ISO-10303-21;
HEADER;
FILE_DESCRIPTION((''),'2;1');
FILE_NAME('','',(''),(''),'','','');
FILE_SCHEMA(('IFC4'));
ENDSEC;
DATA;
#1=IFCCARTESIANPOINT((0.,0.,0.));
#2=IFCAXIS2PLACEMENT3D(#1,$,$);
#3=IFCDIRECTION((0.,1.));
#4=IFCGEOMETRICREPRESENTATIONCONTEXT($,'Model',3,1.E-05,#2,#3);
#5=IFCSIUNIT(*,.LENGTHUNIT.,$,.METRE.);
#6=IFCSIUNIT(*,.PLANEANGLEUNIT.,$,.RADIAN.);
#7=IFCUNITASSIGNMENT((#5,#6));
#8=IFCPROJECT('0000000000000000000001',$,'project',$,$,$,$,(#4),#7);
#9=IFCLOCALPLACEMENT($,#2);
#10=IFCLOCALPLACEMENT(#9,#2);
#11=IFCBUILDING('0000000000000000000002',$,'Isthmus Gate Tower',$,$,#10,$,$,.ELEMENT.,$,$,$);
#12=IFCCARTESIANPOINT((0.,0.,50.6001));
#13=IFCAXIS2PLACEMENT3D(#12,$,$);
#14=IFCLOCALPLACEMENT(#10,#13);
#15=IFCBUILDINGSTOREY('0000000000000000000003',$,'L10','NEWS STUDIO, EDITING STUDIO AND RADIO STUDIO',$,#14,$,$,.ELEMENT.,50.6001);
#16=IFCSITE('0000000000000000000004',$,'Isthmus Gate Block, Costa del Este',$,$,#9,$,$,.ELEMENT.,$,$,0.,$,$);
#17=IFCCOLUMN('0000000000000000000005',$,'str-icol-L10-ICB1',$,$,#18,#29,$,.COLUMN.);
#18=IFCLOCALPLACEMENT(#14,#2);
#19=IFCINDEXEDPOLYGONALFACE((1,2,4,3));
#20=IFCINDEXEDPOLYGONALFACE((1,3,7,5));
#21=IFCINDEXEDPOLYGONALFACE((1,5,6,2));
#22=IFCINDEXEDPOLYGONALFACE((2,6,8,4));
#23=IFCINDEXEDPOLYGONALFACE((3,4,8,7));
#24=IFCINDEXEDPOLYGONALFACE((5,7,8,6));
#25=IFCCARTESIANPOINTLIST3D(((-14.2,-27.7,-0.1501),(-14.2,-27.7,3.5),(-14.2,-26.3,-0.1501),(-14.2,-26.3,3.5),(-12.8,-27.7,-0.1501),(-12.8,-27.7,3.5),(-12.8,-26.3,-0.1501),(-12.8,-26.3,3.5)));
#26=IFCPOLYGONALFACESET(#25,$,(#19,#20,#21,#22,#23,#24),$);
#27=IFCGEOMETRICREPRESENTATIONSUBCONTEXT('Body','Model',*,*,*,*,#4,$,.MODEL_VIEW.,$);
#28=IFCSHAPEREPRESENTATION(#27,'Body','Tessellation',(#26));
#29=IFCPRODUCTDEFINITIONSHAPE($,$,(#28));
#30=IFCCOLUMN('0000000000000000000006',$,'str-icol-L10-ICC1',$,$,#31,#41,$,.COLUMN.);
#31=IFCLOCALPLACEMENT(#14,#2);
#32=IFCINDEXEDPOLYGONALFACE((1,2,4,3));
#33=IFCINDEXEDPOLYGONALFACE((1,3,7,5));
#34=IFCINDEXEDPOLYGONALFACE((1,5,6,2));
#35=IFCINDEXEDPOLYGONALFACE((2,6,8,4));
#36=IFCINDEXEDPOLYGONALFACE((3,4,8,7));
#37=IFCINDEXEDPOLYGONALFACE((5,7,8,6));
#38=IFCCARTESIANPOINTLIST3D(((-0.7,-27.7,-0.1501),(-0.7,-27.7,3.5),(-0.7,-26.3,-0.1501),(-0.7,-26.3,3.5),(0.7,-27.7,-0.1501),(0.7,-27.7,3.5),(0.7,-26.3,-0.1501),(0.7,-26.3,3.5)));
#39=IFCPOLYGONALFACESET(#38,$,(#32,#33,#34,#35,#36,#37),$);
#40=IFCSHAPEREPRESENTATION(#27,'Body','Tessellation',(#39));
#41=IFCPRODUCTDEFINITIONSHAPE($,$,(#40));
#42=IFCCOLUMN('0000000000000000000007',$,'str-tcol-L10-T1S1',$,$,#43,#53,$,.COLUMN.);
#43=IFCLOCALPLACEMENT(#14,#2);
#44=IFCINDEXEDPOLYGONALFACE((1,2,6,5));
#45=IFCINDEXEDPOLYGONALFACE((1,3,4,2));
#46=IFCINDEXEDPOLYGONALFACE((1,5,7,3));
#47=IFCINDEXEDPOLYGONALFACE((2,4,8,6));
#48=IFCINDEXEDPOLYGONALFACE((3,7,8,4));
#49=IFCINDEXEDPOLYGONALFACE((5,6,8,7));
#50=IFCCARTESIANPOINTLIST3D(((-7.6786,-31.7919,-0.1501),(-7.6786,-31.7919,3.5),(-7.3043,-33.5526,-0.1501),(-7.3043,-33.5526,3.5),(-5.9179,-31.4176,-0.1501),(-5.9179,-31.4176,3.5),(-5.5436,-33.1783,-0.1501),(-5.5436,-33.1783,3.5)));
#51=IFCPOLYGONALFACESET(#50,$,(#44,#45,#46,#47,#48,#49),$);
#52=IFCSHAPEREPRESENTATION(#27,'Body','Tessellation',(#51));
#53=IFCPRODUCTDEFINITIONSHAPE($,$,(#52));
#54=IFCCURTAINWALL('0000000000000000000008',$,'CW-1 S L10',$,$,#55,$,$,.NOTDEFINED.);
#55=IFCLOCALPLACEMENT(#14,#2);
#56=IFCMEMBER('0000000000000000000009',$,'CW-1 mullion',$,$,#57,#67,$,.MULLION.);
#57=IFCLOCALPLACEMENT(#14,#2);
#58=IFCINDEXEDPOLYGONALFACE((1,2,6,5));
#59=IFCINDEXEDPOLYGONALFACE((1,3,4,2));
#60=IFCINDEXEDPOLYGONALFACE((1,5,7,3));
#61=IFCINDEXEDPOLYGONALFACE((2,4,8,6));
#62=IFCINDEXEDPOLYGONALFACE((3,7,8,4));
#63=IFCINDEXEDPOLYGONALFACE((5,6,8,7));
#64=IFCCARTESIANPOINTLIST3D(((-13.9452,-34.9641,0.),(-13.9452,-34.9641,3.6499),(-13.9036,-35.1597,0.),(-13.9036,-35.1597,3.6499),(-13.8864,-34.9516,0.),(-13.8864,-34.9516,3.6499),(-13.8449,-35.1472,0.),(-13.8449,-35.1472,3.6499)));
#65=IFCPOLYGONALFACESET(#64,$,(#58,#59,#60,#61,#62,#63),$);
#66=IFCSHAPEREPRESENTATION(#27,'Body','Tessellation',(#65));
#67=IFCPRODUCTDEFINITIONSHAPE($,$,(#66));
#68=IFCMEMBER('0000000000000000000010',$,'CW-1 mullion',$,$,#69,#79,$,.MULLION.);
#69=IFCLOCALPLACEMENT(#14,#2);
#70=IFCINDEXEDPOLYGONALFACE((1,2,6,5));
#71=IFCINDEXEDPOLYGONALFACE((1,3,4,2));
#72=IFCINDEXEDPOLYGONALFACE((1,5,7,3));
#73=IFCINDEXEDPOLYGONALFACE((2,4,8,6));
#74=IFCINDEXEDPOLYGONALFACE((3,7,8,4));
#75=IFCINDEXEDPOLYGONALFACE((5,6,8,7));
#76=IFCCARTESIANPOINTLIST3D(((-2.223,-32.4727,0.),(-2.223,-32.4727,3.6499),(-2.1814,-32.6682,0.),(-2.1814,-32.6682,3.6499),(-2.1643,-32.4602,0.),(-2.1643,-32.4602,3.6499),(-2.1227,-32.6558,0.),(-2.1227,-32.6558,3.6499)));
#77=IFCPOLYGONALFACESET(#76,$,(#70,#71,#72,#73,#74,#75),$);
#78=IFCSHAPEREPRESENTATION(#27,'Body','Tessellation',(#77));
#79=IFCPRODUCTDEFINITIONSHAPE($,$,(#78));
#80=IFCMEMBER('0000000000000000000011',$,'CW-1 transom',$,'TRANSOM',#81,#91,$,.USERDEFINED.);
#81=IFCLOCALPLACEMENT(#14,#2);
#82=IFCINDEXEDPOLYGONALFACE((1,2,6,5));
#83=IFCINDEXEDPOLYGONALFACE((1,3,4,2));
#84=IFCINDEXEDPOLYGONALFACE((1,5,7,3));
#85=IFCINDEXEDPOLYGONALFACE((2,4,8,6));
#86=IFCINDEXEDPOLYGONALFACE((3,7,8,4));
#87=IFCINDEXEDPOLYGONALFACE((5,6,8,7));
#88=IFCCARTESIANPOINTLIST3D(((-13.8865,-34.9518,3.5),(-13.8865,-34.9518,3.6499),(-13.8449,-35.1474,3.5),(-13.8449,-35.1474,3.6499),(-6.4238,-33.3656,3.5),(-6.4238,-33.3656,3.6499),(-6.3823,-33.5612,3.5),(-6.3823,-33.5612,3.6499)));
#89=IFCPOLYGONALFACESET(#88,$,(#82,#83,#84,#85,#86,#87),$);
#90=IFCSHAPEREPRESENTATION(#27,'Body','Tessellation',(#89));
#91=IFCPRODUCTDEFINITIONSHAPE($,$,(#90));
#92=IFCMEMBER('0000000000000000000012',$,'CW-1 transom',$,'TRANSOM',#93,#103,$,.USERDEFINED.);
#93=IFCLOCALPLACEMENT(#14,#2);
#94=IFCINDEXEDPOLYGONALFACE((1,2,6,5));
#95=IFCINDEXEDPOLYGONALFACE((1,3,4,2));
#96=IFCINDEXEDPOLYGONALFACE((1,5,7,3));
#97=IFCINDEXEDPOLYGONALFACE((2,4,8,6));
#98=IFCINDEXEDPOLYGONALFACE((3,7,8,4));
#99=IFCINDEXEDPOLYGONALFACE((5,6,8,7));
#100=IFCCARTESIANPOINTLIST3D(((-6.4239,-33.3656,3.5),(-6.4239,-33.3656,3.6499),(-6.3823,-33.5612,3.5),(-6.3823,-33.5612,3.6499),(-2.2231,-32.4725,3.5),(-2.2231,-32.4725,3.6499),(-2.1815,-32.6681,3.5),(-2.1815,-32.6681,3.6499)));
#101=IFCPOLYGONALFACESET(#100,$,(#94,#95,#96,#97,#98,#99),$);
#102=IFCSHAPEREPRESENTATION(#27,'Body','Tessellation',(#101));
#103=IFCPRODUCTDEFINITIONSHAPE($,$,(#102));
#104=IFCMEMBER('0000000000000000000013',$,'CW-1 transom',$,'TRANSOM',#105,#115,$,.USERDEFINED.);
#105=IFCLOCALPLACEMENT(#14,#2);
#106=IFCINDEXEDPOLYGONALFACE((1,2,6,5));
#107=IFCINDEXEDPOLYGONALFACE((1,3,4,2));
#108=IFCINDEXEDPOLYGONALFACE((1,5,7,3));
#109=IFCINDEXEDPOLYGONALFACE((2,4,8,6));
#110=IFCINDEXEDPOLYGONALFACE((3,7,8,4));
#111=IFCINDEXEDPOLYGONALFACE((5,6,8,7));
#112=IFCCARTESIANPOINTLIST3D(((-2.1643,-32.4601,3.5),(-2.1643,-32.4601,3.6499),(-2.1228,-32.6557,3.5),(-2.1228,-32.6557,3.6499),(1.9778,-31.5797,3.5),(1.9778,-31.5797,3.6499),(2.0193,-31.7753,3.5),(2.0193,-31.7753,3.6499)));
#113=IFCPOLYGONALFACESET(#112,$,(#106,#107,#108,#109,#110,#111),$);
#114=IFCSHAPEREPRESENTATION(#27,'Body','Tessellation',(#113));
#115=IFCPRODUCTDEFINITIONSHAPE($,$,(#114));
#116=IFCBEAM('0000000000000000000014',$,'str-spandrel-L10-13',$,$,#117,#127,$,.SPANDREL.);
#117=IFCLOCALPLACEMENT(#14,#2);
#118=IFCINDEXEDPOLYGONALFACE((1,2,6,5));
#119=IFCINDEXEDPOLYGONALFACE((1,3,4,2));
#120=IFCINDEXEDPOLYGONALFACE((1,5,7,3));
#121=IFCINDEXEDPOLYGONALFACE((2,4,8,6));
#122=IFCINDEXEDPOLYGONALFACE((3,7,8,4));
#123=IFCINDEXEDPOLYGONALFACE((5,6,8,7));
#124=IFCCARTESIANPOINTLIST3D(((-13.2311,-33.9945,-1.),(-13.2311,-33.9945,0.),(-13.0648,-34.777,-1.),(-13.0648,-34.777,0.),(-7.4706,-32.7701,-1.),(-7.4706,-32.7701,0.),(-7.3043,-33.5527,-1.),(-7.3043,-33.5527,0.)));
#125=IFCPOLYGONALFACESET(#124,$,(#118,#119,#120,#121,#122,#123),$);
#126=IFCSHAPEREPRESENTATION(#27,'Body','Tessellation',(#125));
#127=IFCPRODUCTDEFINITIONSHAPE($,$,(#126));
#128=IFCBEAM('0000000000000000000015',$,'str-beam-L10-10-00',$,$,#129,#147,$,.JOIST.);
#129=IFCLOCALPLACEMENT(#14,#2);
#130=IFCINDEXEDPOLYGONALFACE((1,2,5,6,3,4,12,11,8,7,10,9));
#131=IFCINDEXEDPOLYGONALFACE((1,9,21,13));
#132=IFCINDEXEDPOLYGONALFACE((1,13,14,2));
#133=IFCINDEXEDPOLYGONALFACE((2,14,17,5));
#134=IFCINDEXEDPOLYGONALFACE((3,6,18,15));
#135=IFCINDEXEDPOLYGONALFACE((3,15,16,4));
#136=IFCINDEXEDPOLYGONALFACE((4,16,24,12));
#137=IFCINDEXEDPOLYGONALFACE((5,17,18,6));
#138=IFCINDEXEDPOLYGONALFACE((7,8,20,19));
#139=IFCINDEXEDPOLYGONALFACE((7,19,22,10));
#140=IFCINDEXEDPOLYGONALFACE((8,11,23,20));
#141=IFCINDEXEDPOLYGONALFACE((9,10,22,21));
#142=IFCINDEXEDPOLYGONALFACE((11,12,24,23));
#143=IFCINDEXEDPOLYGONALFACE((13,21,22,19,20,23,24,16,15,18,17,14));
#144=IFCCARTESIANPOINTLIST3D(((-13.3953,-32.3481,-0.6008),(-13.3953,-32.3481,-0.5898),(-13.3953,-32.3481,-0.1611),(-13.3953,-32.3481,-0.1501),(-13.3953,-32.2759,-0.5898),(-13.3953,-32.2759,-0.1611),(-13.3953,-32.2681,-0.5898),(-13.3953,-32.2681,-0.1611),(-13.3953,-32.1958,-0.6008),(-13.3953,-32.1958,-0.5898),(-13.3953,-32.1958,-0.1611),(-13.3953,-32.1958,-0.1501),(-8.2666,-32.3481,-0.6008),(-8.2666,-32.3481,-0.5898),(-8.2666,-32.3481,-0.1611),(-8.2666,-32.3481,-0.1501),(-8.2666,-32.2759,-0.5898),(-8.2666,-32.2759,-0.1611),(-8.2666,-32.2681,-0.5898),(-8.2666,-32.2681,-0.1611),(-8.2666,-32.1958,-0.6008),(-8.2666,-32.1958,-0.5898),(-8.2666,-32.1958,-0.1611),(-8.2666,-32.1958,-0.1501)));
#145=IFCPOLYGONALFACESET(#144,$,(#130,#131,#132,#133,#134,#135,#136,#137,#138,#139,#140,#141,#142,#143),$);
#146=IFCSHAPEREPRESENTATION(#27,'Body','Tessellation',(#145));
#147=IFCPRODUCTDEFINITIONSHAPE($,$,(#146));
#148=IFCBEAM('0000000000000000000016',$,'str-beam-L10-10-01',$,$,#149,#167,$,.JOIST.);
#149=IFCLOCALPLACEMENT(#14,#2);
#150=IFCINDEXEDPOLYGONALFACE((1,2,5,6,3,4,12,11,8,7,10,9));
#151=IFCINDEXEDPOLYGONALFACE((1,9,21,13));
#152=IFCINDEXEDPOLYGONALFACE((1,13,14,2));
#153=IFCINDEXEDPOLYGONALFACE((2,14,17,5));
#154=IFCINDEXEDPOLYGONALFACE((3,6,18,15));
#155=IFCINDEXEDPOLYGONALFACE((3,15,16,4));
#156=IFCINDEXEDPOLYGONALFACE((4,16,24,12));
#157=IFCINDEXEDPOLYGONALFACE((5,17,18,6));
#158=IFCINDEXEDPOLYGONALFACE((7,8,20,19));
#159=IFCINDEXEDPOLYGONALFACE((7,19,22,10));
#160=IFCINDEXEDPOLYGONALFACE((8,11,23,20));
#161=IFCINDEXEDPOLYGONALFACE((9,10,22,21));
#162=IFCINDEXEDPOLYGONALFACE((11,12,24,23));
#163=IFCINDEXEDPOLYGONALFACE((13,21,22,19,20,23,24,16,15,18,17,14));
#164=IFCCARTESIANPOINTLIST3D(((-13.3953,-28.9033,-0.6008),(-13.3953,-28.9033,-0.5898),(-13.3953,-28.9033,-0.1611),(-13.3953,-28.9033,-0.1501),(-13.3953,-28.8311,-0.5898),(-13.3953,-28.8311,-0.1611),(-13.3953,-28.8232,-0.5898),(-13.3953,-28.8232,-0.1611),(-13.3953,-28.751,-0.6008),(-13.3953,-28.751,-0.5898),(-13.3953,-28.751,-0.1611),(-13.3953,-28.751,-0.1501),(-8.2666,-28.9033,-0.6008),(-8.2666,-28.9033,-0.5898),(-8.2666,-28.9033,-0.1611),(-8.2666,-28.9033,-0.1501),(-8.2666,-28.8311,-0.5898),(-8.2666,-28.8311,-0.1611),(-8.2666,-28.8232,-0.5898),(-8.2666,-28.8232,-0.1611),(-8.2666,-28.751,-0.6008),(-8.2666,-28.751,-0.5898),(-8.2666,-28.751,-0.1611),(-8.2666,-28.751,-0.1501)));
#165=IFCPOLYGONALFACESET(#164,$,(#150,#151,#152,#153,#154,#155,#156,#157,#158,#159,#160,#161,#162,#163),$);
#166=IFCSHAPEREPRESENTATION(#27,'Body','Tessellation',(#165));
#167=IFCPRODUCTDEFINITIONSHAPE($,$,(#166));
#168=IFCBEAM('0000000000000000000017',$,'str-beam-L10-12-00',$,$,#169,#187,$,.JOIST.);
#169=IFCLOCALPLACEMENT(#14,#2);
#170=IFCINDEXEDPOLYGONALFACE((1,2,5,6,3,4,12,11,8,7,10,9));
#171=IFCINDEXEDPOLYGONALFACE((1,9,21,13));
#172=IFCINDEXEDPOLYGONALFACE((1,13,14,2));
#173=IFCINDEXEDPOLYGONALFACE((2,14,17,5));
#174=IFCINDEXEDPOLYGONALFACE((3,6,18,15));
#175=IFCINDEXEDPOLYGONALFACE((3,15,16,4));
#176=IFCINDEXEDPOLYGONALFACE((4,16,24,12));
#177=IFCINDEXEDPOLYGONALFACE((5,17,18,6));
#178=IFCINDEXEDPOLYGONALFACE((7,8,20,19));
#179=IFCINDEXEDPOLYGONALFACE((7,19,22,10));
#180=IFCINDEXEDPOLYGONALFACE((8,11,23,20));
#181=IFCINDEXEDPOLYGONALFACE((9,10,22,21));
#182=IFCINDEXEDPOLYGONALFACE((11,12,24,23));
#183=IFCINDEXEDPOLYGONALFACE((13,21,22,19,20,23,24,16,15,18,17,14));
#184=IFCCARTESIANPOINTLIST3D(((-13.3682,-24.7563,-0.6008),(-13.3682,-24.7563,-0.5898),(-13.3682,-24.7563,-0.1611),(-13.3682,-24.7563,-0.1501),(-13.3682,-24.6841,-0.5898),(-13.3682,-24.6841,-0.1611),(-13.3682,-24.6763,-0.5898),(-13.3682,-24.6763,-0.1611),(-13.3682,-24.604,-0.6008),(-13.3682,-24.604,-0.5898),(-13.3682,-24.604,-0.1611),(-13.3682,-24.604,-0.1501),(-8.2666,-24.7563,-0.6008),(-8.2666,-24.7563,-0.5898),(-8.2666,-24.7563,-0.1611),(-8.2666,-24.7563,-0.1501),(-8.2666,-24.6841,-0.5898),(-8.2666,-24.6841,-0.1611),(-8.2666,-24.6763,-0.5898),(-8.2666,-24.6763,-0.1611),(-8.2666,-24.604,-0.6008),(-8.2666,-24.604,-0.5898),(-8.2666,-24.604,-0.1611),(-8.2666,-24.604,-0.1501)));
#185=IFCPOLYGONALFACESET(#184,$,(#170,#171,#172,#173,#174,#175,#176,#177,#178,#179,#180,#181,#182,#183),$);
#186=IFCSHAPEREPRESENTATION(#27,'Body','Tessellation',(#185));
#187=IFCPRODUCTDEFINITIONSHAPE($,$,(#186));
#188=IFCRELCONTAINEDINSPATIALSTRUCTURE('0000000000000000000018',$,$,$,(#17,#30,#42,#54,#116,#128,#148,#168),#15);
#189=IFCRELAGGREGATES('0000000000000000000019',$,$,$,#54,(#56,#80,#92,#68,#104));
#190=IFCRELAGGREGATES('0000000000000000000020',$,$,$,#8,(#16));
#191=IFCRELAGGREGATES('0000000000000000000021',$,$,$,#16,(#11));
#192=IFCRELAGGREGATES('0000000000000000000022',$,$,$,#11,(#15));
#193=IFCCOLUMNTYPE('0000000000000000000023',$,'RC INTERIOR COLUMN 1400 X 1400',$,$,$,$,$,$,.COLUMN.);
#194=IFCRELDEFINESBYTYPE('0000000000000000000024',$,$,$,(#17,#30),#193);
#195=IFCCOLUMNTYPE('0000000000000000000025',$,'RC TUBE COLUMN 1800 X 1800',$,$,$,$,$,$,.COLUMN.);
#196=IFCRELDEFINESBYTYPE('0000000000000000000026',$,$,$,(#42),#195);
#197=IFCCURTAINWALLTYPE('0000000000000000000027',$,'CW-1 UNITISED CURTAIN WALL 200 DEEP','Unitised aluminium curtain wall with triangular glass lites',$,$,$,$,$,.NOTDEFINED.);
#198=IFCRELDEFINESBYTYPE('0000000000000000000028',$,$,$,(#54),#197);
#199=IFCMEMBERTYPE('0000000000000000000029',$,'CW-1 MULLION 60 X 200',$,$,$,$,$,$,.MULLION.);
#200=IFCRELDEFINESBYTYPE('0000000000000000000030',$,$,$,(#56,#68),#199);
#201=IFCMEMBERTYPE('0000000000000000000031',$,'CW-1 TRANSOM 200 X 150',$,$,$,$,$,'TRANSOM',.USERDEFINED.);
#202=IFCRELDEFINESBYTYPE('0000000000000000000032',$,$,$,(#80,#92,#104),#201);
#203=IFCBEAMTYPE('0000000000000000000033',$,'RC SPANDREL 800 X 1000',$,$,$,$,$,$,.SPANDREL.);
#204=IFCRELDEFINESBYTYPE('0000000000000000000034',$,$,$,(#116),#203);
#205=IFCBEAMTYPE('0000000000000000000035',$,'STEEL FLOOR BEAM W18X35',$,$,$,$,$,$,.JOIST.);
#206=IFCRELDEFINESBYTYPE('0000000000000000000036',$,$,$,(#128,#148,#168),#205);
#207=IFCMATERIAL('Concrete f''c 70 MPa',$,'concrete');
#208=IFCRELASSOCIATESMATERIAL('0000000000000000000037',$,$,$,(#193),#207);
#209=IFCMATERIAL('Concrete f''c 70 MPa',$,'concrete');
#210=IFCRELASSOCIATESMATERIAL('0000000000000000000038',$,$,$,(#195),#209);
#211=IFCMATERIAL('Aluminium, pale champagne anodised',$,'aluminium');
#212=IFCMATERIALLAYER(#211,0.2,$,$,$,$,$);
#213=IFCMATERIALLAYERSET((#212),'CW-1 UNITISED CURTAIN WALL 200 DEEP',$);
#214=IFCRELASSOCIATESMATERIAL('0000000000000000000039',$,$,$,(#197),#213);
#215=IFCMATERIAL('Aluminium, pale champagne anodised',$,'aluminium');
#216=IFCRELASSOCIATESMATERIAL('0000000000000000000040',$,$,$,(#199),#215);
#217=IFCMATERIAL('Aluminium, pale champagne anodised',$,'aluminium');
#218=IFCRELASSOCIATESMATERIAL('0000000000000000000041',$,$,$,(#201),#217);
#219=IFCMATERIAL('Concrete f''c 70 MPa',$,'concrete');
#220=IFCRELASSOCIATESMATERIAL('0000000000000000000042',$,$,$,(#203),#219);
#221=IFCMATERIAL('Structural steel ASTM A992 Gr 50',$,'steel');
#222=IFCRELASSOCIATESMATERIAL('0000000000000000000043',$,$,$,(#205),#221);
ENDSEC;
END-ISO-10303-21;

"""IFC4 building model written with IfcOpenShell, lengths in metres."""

from ifc_helpers import new_model, si_unit, direction, frame, origin, origin_2d, place, context, subcontext, project, spatial, rectangle, i_section, extrude, material, layer, layer_set, material_profile, profile_set, type_object, element, aggregate, save


model = new_model("IFC4")

# Units and contexts
model_context = context("Model", 3, precision=1e-05, world=origin(), true_north=direction((0.0, 1.0)))
body_context = subcontext(model_context, "Body", "Model", "MODEL_VIEW")
ifc_project = project(units=[si_unit("LENGTHUNIT", "METRE"), si_unit("PLANEANGLEUNIT", "RADIAN")], contexts=[model_context])

# Site, building, storey
site_placement = place(None, origin())
site = spatial("IfcSite", under=ifc_project, at=site_placement, Name="Isthmus Gate Block, Costa del Este", CompositionType="ELEMENT", RefElevation=0.0)
building_placement = place(site_placement, origin())
building = spatial("IfcBuilding", under=site, at=building_placement, Name="Isthmus Gate Tower", CompositionType="ELEMENT")
storey_placement = place(building_placement, frame((0.0, 0.0, 50.6001)))
storey = spatial("IfcBuildingStorey", under=building, at=storey_placement, Name="L10", Description="NEWS STUDIO, EDITING STUDIO AND RADIO STUDIO", CompositionType="ELEMENT", Elevation=50.6001)

# Columns
ifc_material_1 = material(Name="Concrete f'c 70 MPa", Category="concrete")
ifc_material_profile_1 = material_profile(ifc_material_1, rectangle(XDim=1.3999, YDim=1.3999, at=origin_2d()), Name="RC 1400X1400")
ifc_profile_set_1 = profile_set([ifc_material_profile_1], Name="Concrete f'c 70 MPa")
column_type_1 = type_object("IfcColumnType", Name="RC INTERIOR COLUMN 1400 X 1400", PredefinedType="COLUMN", material=ifc_profile_set_1)
for number, where, z_axis, x_axis, name in (
    (1, (-13.5, -27.0, -0.1501), (0.0, 0.0, 1.0), (1.0, 0.0, 0.0), "str-icol-L10-ICB1"),
    (2, (0.0, -27.0, -0.1501), (0.0, 0.0, 1.0), (1.0, 0.0, 0.0), "str-icol-L10-ICC1"),
):
    element("IfcColumn", number, at=place(storey_placement, frame(where, z_axis=z_axis, x_axis=x_axis)), inside=storey, type_object=column_type_1, Name=name, PredefinedType="COLUMN", context=body_context, shape_type="SweptSolid", body=[
        extrude(rectangle(XDim=1.3999, YDim=1.3999, at=origin_2d()), origin(), (0.0, 0.0, 1.0), 3.6501),
    ])
ifc_material_2 = material(Name="Concrete f'c 70 MPa", Category="concrete")
ifc_material_profile_2 = material_profile(ifc_material_2, rectangle(XDim=1.8, YDim=1.8, at=origin_2d()), Name="RC 1800X1800")
ifc_profile_set_2 = profile_set([ifc_material_profile_2], Name="Concrete f'c 70 MPa")
column_type_2 = type_object("IfcColumnType", Name="RC TUBE COLUMN 1800 X 1800", PredefinedType="COLUMN", material=ifc_profile_set_2)
column_placement = place(storey_placement, frame((-6.6111, -32.4851, -0.1501), z_axis=(0.0, 0.0, 1.0), x_axis=(0.978148, 0.207912, 0.0)))
element("IfcColumn", 3, at=column_placement, inside=storey, type_object=column_type_2, Name="str-tcol-L10-T1S1", PredefinedType="COLUMN", context=body_context, shape_type="SweptSolid", body=[
    extrude(rectangle(XDim=1.8, YDim=1.8, at=origin_2d()), origin(), (0.0, 0.0, 1.0), 3.6501),
])

# Curtain wall, members
ifc_material_3 = material(Name="Aluminium, pale champagne anodised", Category="aluminium")
ifc_layer_1 = layer(ifc_material_3, 0.2)
ifc_layer_set_1 = layer_set([ifc_layer_1], Name="CW-1 UNITISED CURTAIN WALL 200 DEEP")
curtain_wall_type = type_object("IfcCurtainWallType", Name="CW-1 UNITISED CURTAIN WALL 200 DEEP", Description="Unitised aluminium curtain wall with triangular glass lites", PredefinedType="NOTDEFINED", material=ifc_layer_set_1)
curtain_wall_placement = place(storey_placement, origin())
curtain_wall = element("IfcCurtainWall", 4, at=curtain_wall_placement, inside=storey, type_object=curtain_wall_type, Name="CW-1 S L10", PredefinedType="NOTDEFINED")
ifc_material_4 = material(Name="Aluminium, pale champagne anodised", Category="aluminium")
ifc_material_profile_3 = material_profile(ifc_material_4, rectangle(XDim=0.0601, YDim=0.2, at=origin_2d()), Name="60x200")
ifc_profile_set_3 = profile_set([ifc_material_profile_3], Name="Aluminium, pale champagne anodised")
member_type_1 = type_object("IfcMemberType", Name="CW-1 MULLION 60 X 200", PredefinedType="MULLION", material=ifc_profile_set_3)
member_1_placement = place(storey_placement, frame((-13.895, -35.0557, 0.0), z_axis=(0.0, 0.0, 1.0), x_axis=(0.978148, 0.207912, 0.0)))
member_1 = element("IfcMember", 5, at=member_1_placement, type_object=member_type_1, Name="CW-1 mullion", PredefinedType="MULLION", context=body_context, shape_type="SweptSolid", body=[
    extrude(rectangle(XDim=0.0601, YDim=0.2, at=origin_2d()), origin(), (0.0, 0.0, 1.0), 3.6499),
])
member_2_placement = place(storey_placement, frame((-2.1729, -32.5642, 0.0), z_axis=(0.0, 0.0, 1.0), x_axis=(0.978148, 0.207912, 0.0)))
member_2 = element("IfcMember", 6, at=member_2_placement, type_object=member_type_1, Name="CW-1 mullion", PredefinedType="MULLION", context=body_context, shape_type="SweptSolid", body=[
    extrude(rectangle(XDim=0.0601, YDim=0.2, at=origin_2d()), origin(), (0.0, 0.0, 1.0), 3.6499),
])
ifc_material_5 = material(Name="Aluminium, pale champagne anodised", Category="aluminium")
ifc_material_profile_4 = material_profile(ifc_material_5, rectangle(XDim=0.2, YDim=0.1499, at=origin_2d()), Name="200x150")
ifc_profile_set_4 = profile_set([ifc_material_profile_4], Name="Aluminium, pale champagne anodised")
member_type_2 = type_object("IfcMemberType", Name="CW-1 TRANSOM 200 X 150", ElementType="TRANSOM", PredefinedType="USERDEFINED", material=ifc_profile_set_4)
member_3_placement = place(storey_placement, frame((-13.8657, -35.0496, 3.575), z_axis=(0.978149, 0.207905, 0.0), x_axis=(-0.207905, 0.978149, 0.0)))
member_3 = element("IfcMember", 7, at=member_3_placement, type_object=member_type_2, Name="CW-1 transom", ObjectType="TRANSOM", PredefinedType="USERDEFINED", context=body_context, shape_type="SweptSolid", body=[
    extrude(rectangle(XDim=0.2, YDim=0.1499, at=origin_2d()), origin(), (0.0, 0.0, 1.0), 7.6294),
])
member_4_placement = place(storey_placement, frame((-6.4031, -33.4634, 3.575), z_axis=(0.978139, 0.207953, 0.0), x_axis=(-0.207953, 0.978139, 0.0)))
member_4 = element("IfcMember", 8, at=member_4_placement, type_object=member_type_2, Name="CW-1 transom", ObjectType="TRANSOM", PredefinedType="USERDEFINED", context=body_context, shape_type="SweptSolid", body=[
    extrude(rectangle(XDim=0.2, YDim=0.1499, at=origin_2d()), origin(), (0.0, 0.0, 1.0), 4.2947),
])
member_5_placement = place(storey_placement, frame((-2.1436, -32.5579, 3.575), z_axis=(0.97815, 0.207899, 0.0), x_axis=(-0.207899, 0.97815, 0.0)))
member_5 = element("IfcMember", 9, at=member_5_placement, type_object=member_type_2, Name="CW-1 transom", ObjectType="TRANSOM", PredefinedType="USERDEFINED", context=body_context, shape_type="SweptSolid", body=[
    extrude(rectangle(XDim=0.2, YDim=0.1499, at=origin_2d()), origin(), (0.0, 0.0, 1.0), 4.2346),
])

# Beams
ifc_material_6 = material(Name="Concrete f'c 70 MPa", Category="concrete")
ifc_material_profile_5 = material_profile(ifc_material_6, rectangle(XDim=0.8, YDim=1.0, at=origin_2d()), Name="RC 800X1000")
ifc_profile_set_5 = profile_set([ifc_material_profile_5], Name="Concrete f'c 70 MPa")
beam_type_1 = type_object("IfcBeamType", Name="RC SPANDREL 800 X 1000", PredefinedType="SPANDREL", material=ifc_profile_set_5)
beam_1_placement = place(storey_placement, frame((-7.3875, -33.1614, -0.5), z_axis=(-0.97815, -0.207901, 0.0), x_axis=(0.207901, -0.97815, 0.0)))
element("IfcBeam", 10, at=beam_1_placement, inside=storey, type_object=beam_type_1, Name="str-spandrel-L10-13", PredefinedType="SPANDREL", context=body_context, shape_type="SweptSolid", body=[
    extrude(rectangle(XDim=0.8, YDim=1.0, at=origin_2d()), origin(), (0.0, 0.0, 1.0), 5.8892),
])
ifc_material_7 = material(Name="Structural steel ASTM A992 Gr 50", Category="steel")
ifc_material_profile_6 = material_profile(ifc_material_7, i_section(OverallWidth=0.1523, OverallDepth=0.4507, WebThickness=0.0078, FlangeThickness=0.011, at=origin_2d()), Name="W18X35")
ifc_profile_set_6 = profile_set([ifc_material_profile_6], Name="Structural steel ASTM A992 Gr 50")
beam_type_2 = type_object("IfcBeamType", Name="STEEL FLOOR BEAM W18X35", PredefinedType="JOIST", material=ifc_profile_set_6)
for number, where, z_axis, x_axis, name in (
    (11, (-13.3953, -32.272, -0.3755), (1.0, 0.0, 0.0), (0.0, 1.0, 0.0), "str-beam-L10-10-00"),
    (12, (-13.3953, -28.8271, -0.3755), (1.0, 0.0, 0.0), (0.0, 1.0, 0.0), "str-beam-L10-10-01"),
):
    element("IfcBeam", number, at=place(storey_placement, frame(where, z_axis=z_axis, x_axis=x_axis)), inside=storey, type_object=beam_type_2, Name=name, PredefinedType="JOIST", context=body_context, shape_type="SweptSolid", body=[
        extrude(i_section(OverallWidth=0.1523, OverallDepth=0.4507, WebThickness=0.0078, FlangeThickness=0.011, at=origin_2d()), origin(), (0.0, 0.0, 1.0), 5.1287),
    ])
for number, where, z_axis, x_axis, name in (
    (13, (-13.3682, -24.6802, -0.3755), (1.0, 0.0, 0.0), (0.0, 1.0, 0.0), "str-beam-L10-12-00"),
):
    element("IfcBeam", number, at=place(storey_placement, frame(where, z_axis=z_axis, x_axis=x_axis)), inside=storey, type_object=beam_type_2, Name=name, PredefinedType="JOIST", context=body_context, shape_type="SweptSolid", body=[
        extrude(i_section(OverallWidth=0.1523, OverallDepth=0.4507, WebThickness=0.0078, FlangeThickness=0.011, at=origin_2d()), origin(), (0.0, 0.0, 1.0), 5.1016),
    ])

aggregate(curtain_wall, [member_1, member_3, member_4, member_2, member_5])

save(model, "model.ifc")
